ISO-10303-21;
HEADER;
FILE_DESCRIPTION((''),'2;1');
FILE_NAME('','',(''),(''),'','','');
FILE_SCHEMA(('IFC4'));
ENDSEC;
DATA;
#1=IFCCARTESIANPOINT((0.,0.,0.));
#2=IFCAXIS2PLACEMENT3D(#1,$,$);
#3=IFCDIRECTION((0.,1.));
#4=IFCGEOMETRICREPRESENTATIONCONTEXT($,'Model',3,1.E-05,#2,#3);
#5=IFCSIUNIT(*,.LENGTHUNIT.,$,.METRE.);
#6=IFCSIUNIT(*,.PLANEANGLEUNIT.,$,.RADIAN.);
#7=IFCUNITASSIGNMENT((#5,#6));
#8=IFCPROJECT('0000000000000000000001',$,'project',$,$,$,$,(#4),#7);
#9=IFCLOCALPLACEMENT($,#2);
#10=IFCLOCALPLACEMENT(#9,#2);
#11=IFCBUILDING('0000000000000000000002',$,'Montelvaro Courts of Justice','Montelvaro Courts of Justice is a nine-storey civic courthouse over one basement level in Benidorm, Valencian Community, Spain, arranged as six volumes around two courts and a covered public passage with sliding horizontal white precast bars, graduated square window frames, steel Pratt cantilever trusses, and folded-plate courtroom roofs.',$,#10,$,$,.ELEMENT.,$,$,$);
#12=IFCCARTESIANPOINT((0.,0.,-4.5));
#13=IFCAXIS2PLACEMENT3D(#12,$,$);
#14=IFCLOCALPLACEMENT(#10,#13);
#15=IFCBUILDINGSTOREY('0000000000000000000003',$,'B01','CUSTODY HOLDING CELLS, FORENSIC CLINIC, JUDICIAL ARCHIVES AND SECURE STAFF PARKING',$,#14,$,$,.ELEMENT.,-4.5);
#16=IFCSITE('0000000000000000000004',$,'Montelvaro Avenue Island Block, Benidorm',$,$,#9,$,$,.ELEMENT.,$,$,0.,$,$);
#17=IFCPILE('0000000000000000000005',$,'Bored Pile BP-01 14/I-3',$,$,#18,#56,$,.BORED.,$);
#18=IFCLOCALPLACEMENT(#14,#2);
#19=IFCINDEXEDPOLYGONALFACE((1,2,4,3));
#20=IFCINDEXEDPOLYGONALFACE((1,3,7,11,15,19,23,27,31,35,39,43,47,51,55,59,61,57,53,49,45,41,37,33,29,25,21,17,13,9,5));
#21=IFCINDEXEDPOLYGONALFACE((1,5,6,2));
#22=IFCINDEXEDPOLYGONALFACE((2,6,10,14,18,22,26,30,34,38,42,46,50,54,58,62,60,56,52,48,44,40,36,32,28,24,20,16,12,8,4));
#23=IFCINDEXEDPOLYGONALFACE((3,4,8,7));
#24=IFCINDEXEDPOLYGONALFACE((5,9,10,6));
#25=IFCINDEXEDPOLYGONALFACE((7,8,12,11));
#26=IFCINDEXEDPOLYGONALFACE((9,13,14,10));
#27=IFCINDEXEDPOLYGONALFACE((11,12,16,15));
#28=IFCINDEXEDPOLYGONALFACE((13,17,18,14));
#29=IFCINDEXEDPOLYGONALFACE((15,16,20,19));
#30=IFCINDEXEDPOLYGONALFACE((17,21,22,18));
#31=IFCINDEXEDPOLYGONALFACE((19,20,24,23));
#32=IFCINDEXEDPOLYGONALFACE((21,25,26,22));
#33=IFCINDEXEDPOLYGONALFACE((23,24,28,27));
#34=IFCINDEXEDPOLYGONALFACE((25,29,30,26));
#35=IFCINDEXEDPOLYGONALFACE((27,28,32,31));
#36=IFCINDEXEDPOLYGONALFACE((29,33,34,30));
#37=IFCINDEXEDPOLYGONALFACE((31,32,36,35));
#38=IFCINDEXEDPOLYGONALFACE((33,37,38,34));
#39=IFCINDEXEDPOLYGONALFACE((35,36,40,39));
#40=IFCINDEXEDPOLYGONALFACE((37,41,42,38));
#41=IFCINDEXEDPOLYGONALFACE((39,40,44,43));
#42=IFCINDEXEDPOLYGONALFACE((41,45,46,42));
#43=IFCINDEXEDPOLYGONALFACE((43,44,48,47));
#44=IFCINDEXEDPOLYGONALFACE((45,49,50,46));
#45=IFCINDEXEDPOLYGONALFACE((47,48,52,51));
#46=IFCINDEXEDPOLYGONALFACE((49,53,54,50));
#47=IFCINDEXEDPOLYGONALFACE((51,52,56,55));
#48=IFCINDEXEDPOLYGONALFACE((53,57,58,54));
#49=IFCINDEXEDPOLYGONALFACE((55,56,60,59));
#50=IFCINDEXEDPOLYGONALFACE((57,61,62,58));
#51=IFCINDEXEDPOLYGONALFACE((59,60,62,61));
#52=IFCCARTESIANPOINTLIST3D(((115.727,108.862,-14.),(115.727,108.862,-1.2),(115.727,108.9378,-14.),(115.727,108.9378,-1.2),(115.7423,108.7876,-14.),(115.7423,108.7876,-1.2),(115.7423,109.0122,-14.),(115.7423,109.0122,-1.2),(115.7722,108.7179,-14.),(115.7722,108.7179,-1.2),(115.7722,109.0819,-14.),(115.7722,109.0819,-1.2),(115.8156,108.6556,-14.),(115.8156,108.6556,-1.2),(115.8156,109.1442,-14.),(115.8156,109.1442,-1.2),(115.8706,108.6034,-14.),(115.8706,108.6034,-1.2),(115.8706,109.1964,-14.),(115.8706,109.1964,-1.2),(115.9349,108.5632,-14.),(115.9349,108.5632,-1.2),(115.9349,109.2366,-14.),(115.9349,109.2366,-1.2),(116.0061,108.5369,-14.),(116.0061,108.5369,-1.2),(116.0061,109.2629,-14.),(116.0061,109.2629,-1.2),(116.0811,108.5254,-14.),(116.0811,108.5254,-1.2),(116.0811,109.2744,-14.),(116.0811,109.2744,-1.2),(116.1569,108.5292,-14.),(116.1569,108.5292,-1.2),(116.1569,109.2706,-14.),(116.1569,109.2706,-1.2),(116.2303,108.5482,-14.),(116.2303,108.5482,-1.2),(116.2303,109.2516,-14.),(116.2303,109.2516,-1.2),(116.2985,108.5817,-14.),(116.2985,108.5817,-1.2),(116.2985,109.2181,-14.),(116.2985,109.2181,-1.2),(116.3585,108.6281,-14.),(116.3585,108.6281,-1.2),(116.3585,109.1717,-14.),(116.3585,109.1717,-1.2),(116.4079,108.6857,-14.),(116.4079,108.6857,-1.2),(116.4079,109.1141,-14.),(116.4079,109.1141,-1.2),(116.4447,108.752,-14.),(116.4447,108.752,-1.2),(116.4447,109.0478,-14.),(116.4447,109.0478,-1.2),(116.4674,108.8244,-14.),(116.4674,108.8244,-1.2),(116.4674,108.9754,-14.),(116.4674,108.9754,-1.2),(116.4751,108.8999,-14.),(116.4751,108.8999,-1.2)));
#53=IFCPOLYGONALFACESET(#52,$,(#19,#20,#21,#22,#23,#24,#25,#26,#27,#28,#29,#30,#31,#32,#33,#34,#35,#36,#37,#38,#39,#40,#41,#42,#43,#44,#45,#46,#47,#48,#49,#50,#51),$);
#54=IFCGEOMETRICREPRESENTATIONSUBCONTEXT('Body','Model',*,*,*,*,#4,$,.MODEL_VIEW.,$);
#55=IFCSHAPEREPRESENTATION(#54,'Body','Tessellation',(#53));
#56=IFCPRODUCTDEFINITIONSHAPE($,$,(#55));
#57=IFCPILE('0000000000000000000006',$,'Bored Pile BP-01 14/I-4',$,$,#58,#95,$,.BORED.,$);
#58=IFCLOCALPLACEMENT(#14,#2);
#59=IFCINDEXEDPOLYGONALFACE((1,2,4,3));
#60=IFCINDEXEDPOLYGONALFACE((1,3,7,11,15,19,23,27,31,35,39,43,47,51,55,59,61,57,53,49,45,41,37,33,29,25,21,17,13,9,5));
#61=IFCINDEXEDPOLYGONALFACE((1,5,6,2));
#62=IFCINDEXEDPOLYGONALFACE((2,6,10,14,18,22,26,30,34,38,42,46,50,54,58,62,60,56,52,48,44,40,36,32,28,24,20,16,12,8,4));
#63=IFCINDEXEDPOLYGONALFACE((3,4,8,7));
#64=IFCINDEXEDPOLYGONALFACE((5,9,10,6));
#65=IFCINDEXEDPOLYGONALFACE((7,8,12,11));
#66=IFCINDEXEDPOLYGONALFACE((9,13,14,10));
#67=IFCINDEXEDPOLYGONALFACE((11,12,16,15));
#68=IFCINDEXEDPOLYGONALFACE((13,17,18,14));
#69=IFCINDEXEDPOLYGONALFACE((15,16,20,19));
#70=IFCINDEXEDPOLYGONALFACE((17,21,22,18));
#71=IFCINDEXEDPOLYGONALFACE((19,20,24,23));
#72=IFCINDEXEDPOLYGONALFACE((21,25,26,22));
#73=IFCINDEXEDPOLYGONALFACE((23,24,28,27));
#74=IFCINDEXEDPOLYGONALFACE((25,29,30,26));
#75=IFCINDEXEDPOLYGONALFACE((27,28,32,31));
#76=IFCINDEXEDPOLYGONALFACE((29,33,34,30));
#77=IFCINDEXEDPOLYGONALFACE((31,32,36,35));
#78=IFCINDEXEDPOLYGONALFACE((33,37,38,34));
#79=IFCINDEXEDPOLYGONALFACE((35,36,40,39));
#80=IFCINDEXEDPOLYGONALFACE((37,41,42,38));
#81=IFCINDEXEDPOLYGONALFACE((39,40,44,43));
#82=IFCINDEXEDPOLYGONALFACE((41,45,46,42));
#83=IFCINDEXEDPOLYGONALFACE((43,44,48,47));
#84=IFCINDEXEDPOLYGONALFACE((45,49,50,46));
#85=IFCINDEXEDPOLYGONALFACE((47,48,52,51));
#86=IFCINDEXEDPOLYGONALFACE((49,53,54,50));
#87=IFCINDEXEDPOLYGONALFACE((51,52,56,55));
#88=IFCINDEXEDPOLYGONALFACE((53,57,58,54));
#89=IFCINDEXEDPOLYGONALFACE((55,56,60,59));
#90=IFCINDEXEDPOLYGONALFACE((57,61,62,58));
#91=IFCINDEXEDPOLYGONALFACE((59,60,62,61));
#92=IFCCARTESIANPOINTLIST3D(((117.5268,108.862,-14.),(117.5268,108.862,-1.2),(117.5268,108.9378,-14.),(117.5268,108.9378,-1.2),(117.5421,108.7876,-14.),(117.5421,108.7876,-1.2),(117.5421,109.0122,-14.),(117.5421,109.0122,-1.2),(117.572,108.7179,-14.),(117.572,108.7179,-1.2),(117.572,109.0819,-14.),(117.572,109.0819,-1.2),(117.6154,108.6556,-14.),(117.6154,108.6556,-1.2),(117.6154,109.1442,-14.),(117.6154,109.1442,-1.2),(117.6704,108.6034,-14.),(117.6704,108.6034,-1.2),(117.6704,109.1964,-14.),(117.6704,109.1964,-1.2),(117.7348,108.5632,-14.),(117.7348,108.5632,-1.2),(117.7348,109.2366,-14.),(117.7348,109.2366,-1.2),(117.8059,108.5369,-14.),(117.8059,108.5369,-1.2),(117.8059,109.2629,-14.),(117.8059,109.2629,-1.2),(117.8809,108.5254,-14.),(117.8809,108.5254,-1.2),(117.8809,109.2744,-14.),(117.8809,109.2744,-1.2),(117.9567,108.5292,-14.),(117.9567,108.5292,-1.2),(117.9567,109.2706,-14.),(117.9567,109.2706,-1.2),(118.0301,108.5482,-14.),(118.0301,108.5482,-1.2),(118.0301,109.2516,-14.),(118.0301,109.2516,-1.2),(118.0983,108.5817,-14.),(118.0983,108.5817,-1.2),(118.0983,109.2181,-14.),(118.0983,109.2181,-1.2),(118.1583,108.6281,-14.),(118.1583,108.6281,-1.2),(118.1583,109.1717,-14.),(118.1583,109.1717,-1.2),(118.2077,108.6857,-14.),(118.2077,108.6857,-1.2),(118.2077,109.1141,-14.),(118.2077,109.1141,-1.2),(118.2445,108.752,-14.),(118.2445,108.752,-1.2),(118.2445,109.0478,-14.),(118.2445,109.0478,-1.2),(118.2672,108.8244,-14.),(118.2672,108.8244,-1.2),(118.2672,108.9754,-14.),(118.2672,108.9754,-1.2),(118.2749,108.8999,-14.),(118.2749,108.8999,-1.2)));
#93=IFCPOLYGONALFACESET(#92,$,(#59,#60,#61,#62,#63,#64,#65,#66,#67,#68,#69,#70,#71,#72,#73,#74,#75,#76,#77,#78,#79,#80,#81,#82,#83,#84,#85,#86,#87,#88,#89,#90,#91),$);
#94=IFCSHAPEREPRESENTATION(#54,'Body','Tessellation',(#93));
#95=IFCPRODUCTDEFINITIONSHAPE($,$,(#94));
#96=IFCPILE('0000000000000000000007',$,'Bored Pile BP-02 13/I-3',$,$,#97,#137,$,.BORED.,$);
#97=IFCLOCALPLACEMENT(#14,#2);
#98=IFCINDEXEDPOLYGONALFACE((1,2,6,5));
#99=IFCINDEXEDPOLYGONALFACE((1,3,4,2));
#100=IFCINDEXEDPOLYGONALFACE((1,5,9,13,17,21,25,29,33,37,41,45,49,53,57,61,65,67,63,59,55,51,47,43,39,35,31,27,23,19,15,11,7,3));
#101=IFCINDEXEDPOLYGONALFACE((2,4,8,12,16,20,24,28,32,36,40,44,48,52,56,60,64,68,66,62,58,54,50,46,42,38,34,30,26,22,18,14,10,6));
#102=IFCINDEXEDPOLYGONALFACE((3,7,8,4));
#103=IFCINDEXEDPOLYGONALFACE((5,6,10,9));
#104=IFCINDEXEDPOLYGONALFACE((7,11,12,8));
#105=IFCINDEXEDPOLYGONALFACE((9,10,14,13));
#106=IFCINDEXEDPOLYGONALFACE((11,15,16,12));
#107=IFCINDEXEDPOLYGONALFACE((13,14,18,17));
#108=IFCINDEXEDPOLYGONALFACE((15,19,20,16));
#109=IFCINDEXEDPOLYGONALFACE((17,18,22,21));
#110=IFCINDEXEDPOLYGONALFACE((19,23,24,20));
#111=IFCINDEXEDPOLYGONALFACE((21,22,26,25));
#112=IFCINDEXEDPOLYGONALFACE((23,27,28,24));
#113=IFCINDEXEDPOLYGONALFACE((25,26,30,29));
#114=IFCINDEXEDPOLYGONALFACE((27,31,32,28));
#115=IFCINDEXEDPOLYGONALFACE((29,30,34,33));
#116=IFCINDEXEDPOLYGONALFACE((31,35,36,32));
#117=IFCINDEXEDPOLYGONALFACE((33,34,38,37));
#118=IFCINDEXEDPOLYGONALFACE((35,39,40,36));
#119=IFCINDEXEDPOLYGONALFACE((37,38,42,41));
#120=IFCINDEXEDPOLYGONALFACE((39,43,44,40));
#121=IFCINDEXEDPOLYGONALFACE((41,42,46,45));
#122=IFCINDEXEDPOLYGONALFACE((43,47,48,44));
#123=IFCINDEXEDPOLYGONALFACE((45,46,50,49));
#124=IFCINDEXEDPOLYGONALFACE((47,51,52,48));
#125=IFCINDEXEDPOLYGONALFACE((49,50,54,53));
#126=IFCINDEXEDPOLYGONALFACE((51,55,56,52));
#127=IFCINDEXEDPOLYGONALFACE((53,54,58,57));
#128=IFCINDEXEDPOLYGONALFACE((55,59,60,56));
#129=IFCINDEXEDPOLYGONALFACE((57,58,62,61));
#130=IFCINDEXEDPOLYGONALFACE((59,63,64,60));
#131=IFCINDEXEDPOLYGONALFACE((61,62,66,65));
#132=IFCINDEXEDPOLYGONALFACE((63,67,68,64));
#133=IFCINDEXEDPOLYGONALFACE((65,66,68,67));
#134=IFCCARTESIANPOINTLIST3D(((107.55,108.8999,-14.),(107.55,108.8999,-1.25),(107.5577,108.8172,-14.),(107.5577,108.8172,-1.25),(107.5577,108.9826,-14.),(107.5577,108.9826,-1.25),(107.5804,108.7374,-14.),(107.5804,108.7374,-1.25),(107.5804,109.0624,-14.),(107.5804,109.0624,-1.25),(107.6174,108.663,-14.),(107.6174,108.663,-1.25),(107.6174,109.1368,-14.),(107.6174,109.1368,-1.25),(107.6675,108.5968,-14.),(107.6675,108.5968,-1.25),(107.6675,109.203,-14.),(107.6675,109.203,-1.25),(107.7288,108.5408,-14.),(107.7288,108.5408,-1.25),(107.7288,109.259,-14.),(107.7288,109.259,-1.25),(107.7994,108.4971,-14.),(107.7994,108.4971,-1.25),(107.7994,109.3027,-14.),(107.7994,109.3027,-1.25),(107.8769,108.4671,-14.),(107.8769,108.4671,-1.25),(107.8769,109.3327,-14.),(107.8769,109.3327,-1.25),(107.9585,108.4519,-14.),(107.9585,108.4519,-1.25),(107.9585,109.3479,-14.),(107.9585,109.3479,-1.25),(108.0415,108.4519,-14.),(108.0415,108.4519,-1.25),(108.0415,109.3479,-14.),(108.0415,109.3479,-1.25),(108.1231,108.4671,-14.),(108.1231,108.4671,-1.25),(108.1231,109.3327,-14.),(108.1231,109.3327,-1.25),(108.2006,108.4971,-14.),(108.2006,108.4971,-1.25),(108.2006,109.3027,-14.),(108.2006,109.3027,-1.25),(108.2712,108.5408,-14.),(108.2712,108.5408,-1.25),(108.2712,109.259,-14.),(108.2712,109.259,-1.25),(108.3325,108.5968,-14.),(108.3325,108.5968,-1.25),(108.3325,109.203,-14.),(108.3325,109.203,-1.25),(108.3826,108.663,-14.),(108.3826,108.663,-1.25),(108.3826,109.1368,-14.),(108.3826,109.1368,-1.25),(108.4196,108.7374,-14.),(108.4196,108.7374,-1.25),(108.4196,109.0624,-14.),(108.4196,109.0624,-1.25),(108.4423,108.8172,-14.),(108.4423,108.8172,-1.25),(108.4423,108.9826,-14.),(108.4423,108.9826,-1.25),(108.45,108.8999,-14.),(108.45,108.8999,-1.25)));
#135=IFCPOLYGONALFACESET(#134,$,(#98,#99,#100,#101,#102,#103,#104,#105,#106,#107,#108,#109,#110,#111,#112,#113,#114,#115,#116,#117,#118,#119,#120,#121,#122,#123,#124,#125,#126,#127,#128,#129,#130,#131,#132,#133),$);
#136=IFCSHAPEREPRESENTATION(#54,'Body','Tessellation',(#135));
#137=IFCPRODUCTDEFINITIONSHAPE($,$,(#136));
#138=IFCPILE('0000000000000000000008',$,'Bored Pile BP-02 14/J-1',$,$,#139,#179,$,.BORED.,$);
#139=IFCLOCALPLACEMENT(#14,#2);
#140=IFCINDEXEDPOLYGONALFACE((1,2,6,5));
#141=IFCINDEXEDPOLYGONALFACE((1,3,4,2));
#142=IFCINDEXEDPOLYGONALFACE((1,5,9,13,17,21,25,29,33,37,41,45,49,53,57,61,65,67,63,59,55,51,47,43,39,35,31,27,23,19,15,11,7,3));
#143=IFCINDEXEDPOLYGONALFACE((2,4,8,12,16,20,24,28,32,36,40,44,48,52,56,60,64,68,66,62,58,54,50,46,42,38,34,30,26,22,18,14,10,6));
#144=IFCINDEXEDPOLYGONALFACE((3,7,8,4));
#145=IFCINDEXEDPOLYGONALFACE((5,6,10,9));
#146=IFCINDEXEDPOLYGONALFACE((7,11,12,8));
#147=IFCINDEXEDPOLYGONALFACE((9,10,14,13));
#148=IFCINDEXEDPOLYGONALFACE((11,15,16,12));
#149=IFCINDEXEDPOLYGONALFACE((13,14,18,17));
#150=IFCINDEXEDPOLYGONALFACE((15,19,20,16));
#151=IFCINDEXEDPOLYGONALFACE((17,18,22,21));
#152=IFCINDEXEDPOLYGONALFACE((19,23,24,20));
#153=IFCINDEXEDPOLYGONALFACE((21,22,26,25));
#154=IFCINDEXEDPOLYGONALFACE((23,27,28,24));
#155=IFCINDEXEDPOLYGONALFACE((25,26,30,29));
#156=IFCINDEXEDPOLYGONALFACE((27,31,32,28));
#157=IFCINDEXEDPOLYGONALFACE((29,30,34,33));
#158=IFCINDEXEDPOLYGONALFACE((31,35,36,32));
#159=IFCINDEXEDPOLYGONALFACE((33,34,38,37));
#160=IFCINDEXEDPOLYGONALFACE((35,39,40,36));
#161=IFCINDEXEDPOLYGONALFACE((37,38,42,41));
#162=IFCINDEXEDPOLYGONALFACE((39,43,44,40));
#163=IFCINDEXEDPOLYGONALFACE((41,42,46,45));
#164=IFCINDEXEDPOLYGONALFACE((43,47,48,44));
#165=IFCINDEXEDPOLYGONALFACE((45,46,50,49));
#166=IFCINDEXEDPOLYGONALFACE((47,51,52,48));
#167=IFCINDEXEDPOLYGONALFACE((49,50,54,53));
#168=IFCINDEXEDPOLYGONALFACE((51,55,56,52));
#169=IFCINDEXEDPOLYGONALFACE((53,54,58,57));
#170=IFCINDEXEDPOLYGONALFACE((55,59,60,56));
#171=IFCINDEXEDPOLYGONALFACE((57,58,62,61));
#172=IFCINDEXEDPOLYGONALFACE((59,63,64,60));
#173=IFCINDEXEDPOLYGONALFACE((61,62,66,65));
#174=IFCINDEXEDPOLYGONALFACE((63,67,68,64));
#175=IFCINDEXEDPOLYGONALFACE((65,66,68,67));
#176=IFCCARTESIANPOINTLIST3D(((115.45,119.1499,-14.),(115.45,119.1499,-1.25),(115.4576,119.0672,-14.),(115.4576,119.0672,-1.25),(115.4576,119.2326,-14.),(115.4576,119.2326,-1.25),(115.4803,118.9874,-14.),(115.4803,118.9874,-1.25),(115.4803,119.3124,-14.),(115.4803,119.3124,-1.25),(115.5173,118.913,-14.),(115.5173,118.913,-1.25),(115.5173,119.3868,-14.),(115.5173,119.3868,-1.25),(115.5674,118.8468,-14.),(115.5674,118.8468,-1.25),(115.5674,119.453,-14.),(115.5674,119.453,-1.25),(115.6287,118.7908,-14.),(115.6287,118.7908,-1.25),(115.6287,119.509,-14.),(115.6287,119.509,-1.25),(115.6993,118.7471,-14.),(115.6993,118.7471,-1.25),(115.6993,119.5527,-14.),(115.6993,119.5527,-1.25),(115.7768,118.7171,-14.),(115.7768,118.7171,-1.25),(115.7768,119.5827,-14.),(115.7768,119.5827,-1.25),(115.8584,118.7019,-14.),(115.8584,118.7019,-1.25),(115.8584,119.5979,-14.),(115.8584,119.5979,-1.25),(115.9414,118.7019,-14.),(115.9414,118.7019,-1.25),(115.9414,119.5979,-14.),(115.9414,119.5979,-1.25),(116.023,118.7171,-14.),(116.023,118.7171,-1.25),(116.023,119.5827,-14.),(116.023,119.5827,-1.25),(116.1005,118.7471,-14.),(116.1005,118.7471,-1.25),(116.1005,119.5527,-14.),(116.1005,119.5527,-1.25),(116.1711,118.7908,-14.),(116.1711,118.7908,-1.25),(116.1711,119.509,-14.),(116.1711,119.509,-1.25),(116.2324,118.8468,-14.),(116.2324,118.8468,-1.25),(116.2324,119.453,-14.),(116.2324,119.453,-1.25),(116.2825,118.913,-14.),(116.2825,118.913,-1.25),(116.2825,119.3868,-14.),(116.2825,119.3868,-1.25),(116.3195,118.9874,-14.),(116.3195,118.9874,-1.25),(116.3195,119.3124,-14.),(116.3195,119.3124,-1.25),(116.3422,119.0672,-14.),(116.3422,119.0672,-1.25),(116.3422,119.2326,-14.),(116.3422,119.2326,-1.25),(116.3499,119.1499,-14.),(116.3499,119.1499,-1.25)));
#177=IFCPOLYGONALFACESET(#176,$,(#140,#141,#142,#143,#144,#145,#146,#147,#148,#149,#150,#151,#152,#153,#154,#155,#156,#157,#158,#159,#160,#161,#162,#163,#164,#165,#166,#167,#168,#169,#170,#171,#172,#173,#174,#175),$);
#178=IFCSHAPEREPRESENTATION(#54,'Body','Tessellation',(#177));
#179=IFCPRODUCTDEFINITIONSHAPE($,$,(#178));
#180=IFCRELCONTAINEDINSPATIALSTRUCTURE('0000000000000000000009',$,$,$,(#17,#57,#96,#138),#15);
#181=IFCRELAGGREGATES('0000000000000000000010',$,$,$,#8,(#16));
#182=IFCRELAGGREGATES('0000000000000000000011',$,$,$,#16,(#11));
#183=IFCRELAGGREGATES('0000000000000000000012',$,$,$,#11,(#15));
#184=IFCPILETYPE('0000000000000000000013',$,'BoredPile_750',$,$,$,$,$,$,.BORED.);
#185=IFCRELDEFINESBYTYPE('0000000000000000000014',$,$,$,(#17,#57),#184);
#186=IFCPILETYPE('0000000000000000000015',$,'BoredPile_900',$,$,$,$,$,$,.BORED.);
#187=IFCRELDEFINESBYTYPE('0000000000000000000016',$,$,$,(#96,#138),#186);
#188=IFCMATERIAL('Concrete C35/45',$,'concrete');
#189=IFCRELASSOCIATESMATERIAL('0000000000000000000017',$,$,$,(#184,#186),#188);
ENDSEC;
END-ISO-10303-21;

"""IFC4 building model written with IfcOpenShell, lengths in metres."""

from ifc_helpers import new_model, si_unit, direction, frame, origin, origin_2d, place, context, subcontext, project, spatial, circle, extrude, material, material_profile, profile_set, type_object, element, save


model = new_model("IFC4")

# Units and contexts
model_context = context("Model", 3, precision=1e-05, world=origin(), true_north=direction((0.0, 1.0)))
body_context = subcontext(model_context, "Body", "Model", "MODEL_VIEW")
ifc_project = project(units=[si_unit("LENGTHUNIT", "METRE"), si_unit("PLANEANGLEUNIT", "RADIAN")], contexts=[model_context])

# Site, building, storey
site_placement = place(None, origin())
site = spatial("IfcSite", under=ifc_project, at=site_placement, Name="Montelvaro Avenue Island Block, Benidorm", CompositionType="ELEMENT", RefElevation=0.0)
building_placement = place(site_placement, origin())
building = spatial("IfcBuilding", under=site, at=building_placement, Name="Montelvaro Courts of Justice", Description="Montelvaro Courts of Justice is a nine-storey civic courthouse over one basement level in Benidorm, Valencian Community, Spain, arranged as six volumes around two courts and a covered public passage with sliding horizontal white precast bars, graduated square window frames, steel Pratt cantilever trusses, and folded-plate courtroom roofs.", CompositionType="ELEMENT")
storey_placement = place(building_placement, frame((0.0, 0.0, -4.5)))
storey = spatial("IfcBuildingStorey", under=building, at=storey_placement, Name="B01", Description="CUSTODY HOLDING CELLS, FORENSIC CLINIC, JUDICIAL ARCHIVES AND SECURE STAFF PARKING", CompositionType="ELEMENT", Elevation=-4.5)

# Piles
ifc_material_1 = material(Name="Concrete C35/45", Category="concrete")
ifc_material_profile_1 = material_profile(ifc_material_1, circle(Radius=0.375, at=origin_2d()), Name="BORED PILE D750")
ifc_profile_set_1 = profile_set([ifc_material_profile_1], Name="Concrete C35/45")
pile_type_1 = type_object("IfcPileType", Name="BoredPile_750", PredefinedType="BORED", material=ifc_profile_set_1)
for number, where, z_axis, x_axis, name in (
    (1, (116.1001, 108.8999, -1.2), (0.0, 0.0, -1.0), (1.0, 0.0, 0.0), "Bored Pile BP-01 14/I-3"),
    (2, (117.8999, 108.8999, -1.2), (0.0, 0.0, -1.0), (1.0, 0.0, 0.0), "Bored Pile BP-01 14/I-4"),
):
    element("IfcPile", number, at=place(storey_placement, frame(where, z_axis=z_axis, x_axis=x_axis)), inside=storey, type_object=pile_type_1, Name=name, PredefinedType="BORED", context=body_context, shape_type="SweptSolid", body=[
        extrude(circle(Radius=0.375, at=origin_2d()), origin(), (0.0, 0.0, 1.0), 12.8),
    ])
ifc_material_profile_2 = material_profile(ifc_material_1, circle(Radius=0.45, at=origin_2d()), Name="BORED PILE D900")
ifc_profile_set_2 = profile_set([ifc_material_profile_2], Name="Concrete C35/45")
pile_type_2 = type_object("IfcPileType", Name="BoredPile_900", PredefinedType="BORED", material=ifc_profile_set_2)
for number, where, z_axis, x_axis, name in (
    (3, (108.0, 108.8999, -1.25), (0.0, 0.0, -1.0), (1.0, 0.0, 0.0), "Bored Pile BP-02 13/I-3"),
    (4, (115.8999, 119.1499, -1.25), (0.0, 0.0, -1.0), (1.0, 0.0, 0.0), "Bored Pile BP-02 14/J-1"),
):
    element("IfcPile", number, at=place(storey_placement, frame(where, z_axis=z_axis, x_axis=x_axis)), inside=storey, type_object=pile_type_2, Name=name, PredefinedType="BORED", context=body_context, shape_type="SweptSolid", body=[
        extrude(circle(Radius=0.45, at=origin_2d()), origin(), (0.0, 0.0, 1.0), 12.75),
    ])

save(model, "model.ifc")
